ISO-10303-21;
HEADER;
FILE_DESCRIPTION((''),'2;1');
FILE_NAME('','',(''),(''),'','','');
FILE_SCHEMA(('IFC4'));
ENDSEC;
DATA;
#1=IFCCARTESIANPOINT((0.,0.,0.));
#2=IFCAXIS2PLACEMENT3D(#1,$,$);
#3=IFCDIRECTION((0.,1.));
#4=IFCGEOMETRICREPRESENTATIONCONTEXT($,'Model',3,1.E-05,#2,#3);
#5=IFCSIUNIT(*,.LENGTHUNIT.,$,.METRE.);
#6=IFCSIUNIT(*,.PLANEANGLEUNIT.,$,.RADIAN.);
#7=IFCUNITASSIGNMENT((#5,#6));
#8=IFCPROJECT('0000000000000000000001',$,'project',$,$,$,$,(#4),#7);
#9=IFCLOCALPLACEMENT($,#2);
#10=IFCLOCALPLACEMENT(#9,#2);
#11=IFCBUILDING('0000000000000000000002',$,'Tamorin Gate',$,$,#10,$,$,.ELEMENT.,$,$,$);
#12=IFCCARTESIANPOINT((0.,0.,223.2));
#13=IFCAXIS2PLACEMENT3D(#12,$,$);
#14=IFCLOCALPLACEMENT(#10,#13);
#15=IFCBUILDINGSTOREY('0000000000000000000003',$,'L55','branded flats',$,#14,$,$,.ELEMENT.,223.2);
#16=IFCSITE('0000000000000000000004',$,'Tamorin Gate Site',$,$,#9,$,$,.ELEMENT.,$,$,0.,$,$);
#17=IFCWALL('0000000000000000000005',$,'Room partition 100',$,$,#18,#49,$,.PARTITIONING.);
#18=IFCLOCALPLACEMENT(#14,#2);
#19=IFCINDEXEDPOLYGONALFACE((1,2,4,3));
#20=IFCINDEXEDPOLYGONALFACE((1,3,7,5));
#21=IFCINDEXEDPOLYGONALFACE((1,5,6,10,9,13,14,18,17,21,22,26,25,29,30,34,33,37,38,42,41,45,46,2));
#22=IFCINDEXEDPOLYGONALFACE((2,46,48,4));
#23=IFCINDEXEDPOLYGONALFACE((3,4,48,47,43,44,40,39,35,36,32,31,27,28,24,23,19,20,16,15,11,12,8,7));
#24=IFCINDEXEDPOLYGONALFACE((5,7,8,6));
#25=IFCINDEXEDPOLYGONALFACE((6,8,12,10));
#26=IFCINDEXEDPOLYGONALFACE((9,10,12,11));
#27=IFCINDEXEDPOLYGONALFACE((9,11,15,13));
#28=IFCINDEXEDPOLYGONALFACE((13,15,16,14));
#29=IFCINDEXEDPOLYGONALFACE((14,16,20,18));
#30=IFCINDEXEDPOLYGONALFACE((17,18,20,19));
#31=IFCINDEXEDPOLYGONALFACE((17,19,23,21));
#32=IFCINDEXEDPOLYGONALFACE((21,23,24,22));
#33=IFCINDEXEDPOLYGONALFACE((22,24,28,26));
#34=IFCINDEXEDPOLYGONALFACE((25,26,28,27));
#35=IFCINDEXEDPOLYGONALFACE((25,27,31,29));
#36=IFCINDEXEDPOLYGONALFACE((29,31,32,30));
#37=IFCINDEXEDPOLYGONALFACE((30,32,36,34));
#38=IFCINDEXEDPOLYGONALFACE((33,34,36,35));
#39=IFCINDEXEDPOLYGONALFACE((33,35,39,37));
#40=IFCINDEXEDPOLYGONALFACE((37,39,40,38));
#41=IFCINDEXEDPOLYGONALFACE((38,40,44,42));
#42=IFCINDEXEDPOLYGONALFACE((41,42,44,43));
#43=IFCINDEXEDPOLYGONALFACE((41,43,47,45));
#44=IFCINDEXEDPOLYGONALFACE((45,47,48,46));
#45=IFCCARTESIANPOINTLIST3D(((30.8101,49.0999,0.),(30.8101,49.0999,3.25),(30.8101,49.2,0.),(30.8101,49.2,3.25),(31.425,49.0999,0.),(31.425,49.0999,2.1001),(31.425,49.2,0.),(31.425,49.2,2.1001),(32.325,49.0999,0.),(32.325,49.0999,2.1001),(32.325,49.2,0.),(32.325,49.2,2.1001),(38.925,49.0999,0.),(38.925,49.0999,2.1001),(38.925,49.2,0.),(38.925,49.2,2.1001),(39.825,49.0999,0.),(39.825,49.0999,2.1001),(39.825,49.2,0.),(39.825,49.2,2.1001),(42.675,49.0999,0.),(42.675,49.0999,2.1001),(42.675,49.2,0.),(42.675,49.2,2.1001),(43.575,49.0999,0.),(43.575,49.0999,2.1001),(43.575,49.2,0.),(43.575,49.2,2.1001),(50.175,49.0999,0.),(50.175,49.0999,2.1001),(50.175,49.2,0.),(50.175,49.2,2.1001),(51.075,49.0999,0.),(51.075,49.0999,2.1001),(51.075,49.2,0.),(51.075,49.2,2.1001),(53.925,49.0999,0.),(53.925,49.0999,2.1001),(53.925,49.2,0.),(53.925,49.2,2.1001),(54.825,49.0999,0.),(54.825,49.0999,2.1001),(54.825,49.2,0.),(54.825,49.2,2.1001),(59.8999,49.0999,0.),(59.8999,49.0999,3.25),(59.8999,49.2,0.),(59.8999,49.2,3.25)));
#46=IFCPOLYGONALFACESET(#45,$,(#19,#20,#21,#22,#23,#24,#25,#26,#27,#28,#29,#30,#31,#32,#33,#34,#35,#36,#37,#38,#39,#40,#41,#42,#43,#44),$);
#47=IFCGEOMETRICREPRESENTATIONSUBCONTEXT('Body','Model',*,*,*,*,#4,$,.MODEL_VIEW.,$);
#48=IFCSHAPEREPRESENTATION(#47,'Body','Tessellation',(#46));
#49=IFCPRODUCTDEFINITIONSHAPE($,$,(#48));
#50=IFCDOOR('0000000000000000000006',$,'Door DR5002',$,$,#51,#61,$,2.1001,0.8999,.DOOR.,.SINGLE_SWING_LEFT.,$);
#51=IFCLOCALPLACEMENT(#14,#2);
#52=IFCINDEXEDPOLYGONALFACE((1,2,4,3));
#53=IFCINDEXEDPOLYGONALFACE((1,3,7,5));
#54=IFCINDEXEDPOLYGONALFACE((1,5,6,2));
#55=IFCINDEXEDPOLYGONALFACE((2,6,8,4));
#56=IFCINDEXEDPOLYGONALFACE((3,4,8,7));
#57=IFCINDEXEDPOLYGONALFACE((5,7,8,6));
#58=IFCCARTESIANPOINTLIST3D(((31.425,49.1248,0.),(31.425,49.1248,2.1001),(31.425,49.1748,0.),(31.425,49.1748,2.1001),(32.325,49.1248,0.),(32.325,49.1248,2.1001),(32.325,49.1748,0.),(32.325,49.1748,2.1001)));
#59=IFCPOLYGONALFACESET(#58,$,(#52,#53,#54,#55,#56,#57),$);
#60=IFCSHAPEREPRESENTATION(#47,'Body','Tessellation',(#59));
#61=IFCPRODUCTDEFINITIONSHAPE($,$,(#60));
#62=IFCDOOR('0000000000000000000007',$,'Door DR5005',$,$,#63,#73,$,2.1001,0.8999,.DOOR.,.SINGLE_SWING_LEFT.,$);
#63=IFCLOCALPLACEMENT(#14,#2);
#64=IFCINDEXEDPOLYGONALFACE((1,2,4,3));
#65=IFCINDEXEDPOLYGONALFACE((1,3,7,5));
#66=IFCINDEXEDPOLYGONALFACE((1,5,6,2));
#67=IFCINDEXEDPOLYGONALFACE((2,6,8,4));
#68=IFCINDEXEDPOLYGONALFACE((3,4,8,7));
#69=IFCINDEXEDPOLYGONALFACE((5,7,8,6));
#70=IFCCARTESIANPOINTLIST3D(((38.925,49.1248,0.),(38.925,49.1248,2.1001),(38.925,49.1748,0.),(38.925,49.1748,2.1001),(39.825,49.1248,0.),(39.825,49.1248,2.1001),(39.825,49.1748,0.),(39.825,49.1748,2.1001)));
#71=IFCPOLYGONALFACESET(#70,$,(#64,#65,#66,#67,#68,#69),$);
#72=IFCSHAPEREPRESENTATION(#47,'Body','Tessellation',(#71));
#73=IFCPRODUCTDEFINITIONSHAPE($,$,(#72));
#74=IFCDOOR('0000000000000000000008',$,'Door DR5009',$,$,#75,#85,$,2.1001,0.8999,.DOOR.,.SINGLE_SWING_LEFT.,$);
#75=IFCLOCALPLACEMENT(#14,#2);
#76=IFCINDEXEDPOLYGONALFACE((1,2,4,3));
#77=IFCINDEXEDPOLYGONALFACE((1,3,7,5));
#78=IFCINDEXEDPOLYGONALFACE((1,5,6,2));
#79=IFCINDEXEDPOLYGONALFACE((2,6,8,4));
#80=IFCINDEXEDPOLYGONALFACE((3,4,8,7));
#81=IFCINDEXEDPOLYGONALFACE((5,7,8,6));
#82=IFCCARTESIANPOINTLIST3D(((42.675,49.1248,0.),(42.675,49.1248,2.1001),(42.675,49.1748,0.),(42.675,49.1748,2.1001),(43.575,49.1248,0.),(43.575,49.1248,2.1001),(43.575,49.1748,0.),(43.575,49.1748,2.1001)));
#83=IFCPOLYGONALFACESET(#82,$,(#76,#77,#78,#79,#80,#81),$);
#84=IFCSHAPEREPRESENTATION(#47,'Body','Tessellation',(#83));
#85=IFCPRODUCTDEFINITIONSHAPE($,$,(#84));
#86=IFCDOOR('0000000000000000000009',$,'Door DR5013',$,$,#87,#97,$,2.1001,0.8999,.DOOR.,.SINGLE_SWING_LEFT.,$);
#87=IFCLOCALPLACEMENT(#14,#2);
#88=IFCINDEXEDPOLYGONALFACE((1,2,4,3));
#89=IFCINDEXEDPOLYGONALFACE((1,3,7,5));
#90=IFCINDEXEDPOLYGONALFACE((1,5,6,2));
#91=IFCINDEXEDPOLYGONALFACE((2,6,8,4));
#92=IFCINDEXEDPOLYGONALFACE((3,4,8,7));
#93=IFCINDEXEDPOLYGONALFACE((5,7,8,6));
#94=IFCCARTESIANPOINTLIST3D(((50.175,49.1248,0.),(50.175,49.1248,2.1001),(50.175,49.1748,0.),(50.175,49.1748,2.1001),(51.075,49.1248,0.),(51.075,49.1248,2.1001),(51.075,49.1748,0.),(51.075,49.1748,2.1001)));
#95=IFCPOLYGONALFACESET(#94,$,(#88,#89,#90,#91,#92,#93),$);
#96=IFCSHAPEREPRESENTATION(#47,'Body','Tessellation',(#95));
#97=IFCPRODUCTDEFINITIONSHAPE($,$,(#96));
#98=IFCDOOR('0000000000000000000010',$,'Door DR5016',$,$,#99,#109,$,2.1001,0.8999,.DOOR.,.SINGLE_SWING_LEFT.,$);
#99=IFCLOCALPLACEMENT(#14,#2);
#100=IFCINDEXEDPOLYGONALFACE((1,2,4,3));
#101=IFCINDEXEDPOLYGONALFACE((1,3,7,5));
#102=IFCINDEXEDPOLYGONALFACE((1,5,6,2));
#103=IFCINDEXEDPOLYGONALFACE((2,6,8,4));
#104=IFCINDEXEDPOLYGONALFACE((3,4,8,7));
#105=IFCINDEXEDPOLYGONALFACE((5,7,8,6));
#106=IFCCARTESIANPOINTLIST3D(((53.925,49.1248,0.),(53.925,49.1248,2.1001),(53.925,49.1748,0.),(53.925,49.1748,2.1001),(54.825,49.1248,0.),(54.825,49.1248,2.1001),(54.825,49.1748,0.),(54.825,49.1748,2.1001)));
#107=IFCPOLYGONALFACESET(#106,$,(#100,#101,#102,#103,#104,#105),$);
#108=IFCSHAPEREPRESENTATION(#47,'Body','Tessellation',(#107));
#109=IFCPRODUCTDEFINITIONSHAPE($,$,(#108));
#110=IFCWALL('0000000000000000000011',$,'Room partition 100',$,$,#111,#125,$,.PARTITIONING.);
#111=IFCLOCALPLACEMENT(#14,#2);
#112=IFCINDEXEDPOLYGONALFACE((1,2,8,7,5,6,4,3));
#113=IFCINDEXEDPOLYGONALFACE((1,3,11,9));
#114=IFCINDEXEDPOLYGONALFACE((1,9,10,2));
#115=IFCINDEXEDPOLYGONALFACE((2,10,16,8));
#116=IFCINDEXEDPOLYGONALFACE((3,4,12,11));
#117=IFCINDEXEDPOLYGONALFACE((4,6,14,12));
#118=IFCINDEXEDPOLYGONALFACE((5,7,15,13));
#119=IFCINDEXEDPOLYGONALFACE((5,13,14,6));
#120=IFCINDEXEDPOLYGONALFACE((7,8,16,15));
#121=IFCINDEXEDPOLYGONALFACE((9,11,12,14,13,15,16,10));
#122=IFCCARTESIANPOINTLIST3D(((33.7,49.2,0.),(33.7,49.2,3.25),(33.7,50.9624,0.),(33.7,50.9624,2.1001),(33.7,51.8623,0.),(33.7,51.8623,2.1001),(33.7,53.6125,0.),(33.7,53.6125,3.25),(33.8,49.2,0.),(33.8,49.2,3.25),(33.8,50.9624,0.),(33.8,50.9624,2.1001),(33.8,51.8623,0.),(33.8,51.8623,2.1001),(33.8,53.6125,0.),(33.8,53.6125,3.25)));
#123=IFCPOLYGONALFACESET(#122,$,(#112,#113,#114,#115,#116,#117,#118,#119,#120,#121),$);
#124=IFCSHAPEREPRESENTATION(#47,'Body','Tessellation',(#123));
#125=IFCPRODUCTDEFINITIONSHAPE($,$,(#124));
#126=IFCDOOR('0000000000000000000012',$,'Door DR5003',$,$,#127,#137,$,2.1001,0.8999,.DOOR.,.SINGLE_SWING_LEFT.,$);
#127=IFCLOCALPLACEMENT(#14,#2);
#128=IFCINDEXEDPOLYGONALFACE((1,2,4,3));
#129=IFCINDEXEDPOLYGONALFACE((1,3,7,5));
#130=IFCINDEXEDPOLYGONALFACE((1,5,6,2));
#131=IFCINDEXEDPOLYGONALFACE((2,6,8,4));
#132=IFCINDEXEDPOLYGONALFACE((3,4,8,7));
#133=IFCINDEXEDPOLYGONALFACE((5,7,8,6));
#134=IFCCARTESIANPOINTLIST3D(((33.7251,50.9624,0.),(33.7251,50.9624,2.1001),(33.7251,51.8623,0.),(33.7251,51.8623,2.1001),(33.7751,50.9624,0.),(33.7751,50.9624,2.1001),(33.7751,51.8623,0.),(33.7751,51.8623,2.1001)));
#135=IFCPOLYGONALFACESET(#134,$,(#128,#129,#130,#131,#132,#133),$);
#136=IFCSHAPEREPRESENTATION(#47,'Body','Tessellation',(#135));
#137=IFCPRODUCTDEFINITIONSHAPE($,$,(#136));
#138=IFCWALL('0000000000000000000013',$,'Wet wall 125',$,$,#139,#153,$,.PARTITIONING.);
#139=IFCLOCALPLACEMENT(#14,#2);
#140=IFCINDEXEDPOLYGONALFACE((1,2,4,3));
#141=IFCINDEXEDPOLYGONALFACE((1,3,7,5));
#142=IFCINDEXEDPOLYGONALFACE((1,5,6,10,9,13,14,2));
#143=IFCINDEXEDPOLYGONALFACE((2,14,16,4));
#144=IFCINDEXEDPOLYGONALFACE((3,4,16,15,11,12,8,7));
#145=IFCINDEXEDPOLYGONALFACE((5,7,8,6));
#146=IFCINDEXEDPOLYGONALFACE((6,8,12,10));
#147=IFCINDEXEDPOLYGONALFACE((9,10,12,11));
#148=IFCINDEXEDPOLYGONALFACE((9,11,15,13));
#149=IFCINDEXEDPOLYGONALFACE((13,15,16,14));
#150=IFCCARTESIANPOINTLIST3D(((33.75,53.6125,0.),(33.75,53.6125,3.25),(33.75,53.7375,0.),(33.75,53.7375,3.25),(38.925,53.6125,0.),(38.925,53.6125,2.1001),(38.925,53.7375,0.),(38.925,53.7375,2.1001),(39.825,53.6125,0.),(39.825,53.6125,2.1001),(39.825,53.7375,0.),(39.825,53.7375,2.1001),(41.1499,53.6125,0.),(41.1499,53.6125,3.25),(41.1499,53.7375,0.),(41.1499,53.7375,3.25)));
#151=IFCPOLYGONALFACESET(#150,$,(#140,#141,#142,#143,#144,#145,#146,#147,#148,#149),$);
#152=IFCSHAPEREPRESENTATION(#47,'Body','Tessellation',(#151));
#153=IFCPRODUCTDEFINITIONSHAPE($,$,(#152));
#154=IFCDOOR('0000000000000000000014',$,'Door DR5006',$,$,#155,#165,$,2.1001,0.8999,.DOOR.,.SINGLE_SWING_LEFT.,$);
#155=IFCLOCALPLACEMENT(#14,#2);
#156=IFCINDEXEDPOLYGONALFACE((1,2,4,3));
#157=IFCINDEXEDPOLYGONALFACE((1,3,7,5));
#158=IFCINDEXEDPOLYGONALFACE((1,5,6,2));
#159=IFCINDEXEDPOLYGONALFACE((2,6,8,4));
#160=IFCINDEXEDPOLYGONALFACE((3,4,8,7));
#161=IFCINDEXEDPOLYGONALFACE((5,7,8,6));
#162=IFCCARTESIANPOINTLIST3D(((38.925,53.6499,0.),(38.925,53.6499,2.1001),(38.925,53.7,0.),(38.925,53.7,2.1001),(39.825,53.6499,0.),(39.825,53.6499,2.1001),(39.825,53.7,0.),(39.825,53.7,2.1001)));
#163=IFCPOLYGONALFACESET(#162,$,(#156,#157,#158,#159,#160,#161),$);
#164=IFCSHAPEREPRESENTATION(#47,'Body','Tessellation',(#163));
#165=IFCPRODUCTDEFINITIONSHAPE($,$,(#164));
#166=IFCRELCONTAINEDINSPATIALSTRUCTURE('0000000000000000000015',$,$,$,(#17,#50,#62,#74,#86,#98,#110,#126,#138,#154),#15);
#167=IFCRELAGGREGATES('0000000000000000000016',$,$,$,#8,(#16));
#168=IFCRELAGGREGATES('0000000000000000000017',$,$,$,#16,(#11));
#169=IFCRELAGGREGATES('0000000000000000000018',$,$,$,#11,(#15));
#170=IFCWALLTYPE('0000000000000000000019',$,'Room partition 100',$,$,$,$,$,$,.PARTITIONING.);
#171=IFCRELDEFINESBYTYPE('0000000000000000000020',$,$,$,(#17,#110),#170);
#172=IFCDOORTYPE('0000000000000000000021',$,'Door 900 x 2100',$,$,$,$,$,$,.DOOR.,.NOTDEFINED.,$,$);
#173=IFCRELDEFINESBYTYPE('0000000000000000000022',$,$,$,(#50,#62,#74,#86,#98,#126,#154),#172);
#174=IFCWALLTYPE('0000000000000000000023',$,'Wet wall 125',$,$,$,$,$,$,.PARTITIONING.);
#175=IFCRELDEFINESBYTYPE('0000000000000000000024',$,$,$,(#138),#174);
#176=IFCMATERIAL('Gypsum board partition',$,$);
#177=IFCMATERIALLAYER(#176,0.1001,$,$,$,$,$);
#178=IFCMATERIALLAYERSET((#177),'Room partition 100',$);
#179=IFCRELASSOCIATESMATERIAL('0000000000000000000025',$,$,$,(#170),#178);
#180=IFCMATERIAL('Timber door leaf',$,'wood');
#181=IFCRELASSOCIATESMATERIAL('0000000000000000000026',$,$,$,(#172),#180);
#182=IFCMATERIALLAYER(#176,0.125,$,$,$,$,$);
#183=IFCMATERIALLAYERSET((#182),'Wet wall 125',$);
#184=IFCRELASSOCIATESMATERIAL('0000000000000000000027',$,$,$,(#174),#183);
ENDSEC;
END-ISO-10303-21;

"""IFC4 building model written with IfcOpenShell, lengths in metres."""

from ifc_helpers import new_model, si_unit, direction, frame, frame_2d, origin, place, context, subcontext, project, spatial, rectangle, extrude, material, layer, layer_set, type_object, element, fill, save


model = new_model("IFC4")

# Units and contexts
model_context = context("Model", 3, precision=1e-05, world=origin(), true_north=direction((0.0, 1.0)))
body_context = subcontext(model_context, "Body", "Model", "MODEL_VIEW")
ifc_project = project(units=[si_unit("LENGTHUNIT", "METRE"), si_unit("PLANEANGLEUNIT", "RADIAN")], contexts=[model_context])

# Site, building, storey
site_placement = place(None, origin())
site = spatial("IfcSite", under=ifc_project, at=site_placement, Name="Tamorin Gate Site", CompositionType="ELEMENT", RefElevation=0.0)
building_placement = place(site_placement, origin())
building = spatial("IfcBuilding", under=site, at=building_placement, Name="Tamorin Gate", CompositionType="ELEMENT")
storey_placement = place(building_placement, frame((0.0, 0.0, 223.2)))
storey = spatial("IfcBuildingStorey", under=building, at=storey_placement, Name="L55", Description="branded flats", CompositionType="ELEMENT", Elevation=223.2)

# Wall, openings, doors
ifc_material_1 = material(Name="Gypsum board partition")
ifc_layer_1 = layer(ifc_material_1, 0.1001)
ifc_layer_set_1 = layer_set([ifc_layer_1], Name="Room partition 100")
wall_type_1 = type_object("IfcWallType", Name="Room partition 100", PredefinedType="PARTITIONING", material=ifc_layer_set_1)
wall_1_placement = place(storey_placement, frame((30.8101, 49.1499, 0.0), z_axis=(0.0, 0.0, 1.0), x_axis=(1.0, 0.0, 0.0)))
wall_1 = element("IfcWall", 1, at=wall_1_placement, inside=storey, type_object=wall_type_1, Name="Room partition 100", PredefinedType="PARTITIONING", context=body_context, shape_type="SweptSolid", body=[
    extrude(rectangle(XDim=29.0898, YDim=0.1001, at=frame_2d((14.5449, 0.0))), origin(), (0.0, 0.0, 1.0), 3.25),
])
opening_1_placement = place(wall_1_placement, frame((0.615, 0.0, 0.0)))
opening_1 = element("IfcOpeningElement", 2, at=opening_1_placement, cuts=wall_1, PredefinedType="OPENING", context=body_context, shape_type="SweptSolid", body=[
    extrude(rectangle(XDim=0.8999, YDim=2.1001, at=frame_2d((0.45, 1.05))), frame((0.0, 0.0601, 0.0), z_axis=(0.0, -1.0, 0.0), x_axis=(1.0, 0.0, 0.0)), (0.0, 0.0, 1.0), 0.1201),
])
opening_2_placement = place(wall_1_placement, frame((8.115, 0.0, 0.0)))
opening_2 = element("IfcOpeningElement", 3, at=opening_2_placement, cuts=wall_1, PredefinedType="OPENING", context=body_context, shape_type="SweptSolid", body=[
    extrude(rectangle(XDim=0.8999, YDim=2.1001, at=frame_2d((0.45, 1.05))), frame((0.0, 0.0601, 0.0), z_axis=(0.0, -1.0, 0.0), x_axis=(1.0, 0.0, 0.0)), (0.0, 0.0, 1.0), 0.1201),
])
opening_3_placement = place(wall_1_placement, frame((11.865, 0.0, 0.0)))
opening_3 = element("IfcOpeningElement", 4, at=opening_3_placement, cuts=wall_1, PredefinedType="OPENING", context=body_context, shape_type="SweptSolid", body=[
    extrude(rectangle(XDim=0.8999, YDim=2.1001, at=frame_2d((0.45, 1.05))), frame((0.0, 0.0601, 0.0), z_axis=(0.0, -1.0, 0.0), x_axis=(1.0, 0.0, 0.0)), (0.0, 0.0, 1.0), 0.1201),
])
opening_4_placement = place(wall_1_placement, frame((19.365, 0.0, 0.0)))
opening_4 = element("IfcOpeningElement", 5, at=opening_4_placement, cuts=wall_1, PredefinedType="OPENING", context=body_context, shape_type="SweptSolid", body=[
    extrude(rectangle(XDim=0.8999, YDim=2.1001, at=frame_2d((0.45, 1.05))), frame((0.0, 0.0601, 0.0), z_axis=(0.0, -1.0, 0.0), x_axis=(1.0, 0.0, 0.0)), (0.0, 0.0, 1.0), 0.1201),
])
opening_5_placement = place(wall_1_placement, frame((23.115, 0.0, 0.0)))
opening_5 = element("IfcOpeningElement", 6, at=opening_5_placement, cuts=wall_1, PredefinedType="OPENING", context=body_context, shape_type="SweptSolid", body=[
    extrude(rectangle(XDim=0.8999, YDim=2.1001, at=frame_2d((0.45, 1.05))), frame((0.0, 0.0601, 0.0), z_axis=(0.0, -1.0, 0.0), x_axis=(1.0, 0.0, 0.0)), (0.0, 0.0, 1.0), 0.1201),
])
ifc_material_2 = material(Name="Timber door leaf", Category="wood")
door_type = type_object("IfcDoorType", Name="Door 900 x 2100", OperationType="NOTDEFINED", PredefinedType="DOOR", material=ifc_material_2)
door_1_placement = place(opening_1_placement, origin())
door_1 = element("IfcDoor", 7, at=door_1_placement, inside=storey, type_object=door_type, Name="Door DR5002", OperationType="SINGLE_SWING_LEFT", OverallHeight=2.1001, OverallWidth=0.8999, PredefinedType="DOOR", context=body_context, shape_type="SweptSolid", body=[
    extrude(rectangle(XDim=0.8999, YDim=2.1001, at=frame_2d((0.45, 1.05))), frame((0.0, 0.0249, 0.0), z_axis=(0.0, -1.0, 0.0), x_axis=(1.0, 0.0, 0.0)), (0.0, 0.0, 1.0), 0.05),
])
fill(opening_1, door_1)
door_2_placement = place(opening_2_placement, origin())
door_2 = element("IfcDoor", 8, at=door_2_placement, inside=storey, type_object=door_type, Name="Door DR5005", OperationType="SINGLE_SWING_LEFT", OverallHeight=2.1001, OverallWidth=0.8999, PredefinedType="DOOR", context=body_context, shape_type="SweptSolid", body=[
    extrude(rectangle(XDim=0.8999, YDim=2.1001, at=frame_2d((0.45, 1.05))), frame((0.0, 0.0249, 0.0), z_axis=(0.0, -1.0, 0.0), x_axis=(1.0, 0.0, 0.0)), (0.0, 0.0, 1.0), 0.05),
])
fill(opening_2, door_2)
door_3_placement = place(opening_3_placement, origin())
door_3 = element("IfcDoor", 9, at=door_3_placement, inside=storey, type_object=door_type, Name="Door DR5009", OperationType="SINGLE_SWING_LEFT", OverallHeight=2.1001, OverallWidth=0.8999, PredefinedType="DOOR", context=body_context, shape_type="SweptSolid", body=[
    extrude(rectangle(XDim=0.8999, YDim=2.1001, at=frame_2d((0.45, 1.05))), frame((0.0, 0.0249, 0.0), z_axis=(0.0, -1.0, 0.0), x_axis=(1.0, 0.0, 0.0)), (0.0, 0.0, 1.0), 0.05),
])
fill(opening_3, door_3)
door_4_placement = place(opening_4_placement, origin())
door_4 = element("IfcDoor", 10, at=door_4_placement, inside=storey, type_object=door_type, Name="Door DR5013", OperationType="SINGLE_SWING_LEFT", OverallHeight=2.1001, OverallWidth=0.8999, PredefinedType="DOOR", context=body_context, shape_type="SweptSolid", body=[
    extrude(rectangle(XDim=0.8999, YDim=2.1001, at=frame_2d((0.45, 1.05))), frame((0.0, 0.0249, 0.0), z_axis=(0.0, -1.0, 0.0), x_axis=(1.0, 0.0, 0.0)), (0.0, 0.0, 1.0), 0.05),
])
fill(opening_4, door_4)
door_5_placement = place(opening_5_placement, origin())
door_5 = element("IfcDoor", 11, at=door_5_placement, inside=storey, type_object=door_type, Name="Door DR5016", OperationType="SINGLE_SWING_LEFT", OverallHeight=2.1001, OverallWidth=0.8999, PredefinedType="DOOR", context=body_context, shape_type="SweptSolid", body=[
    extrude(rectangle(XDim=0.8999, YDim=2.1001, at=frame_2d((0.45, 1.05))), frame((0.0, 0.0249, 0.0), z_axis=(0.0, -1.0, 0.0), x_axis=(1.0, 0.0, 0.0)), (0.0, 0.0, 1.0), 0.05),
])
fill(opening_5, door_5)

# Walls, openings, doors
wall_2_placement = place(storey_placement, frame((33.75, 49.2, 0.0), z_axis=(0.0, 0.0, 1.0), x_axis=(0.0, 1.0, 0.0)))
wall_2 = element("IfcWall", 12, at=wall_2_placement, inside=storey, type_object=wall_type_1, Name="Room partition 100", PredefinedType="PARTITIONING", context=body_context, shape_type="SweptSolid", body=[
    extrude(rectangle(XDim=4.4126, YDim=0.1001, at=frame_2d((2.2063, 0.0))), origin(), (0.0, 0.0, 1.0), 3.25),
])
opening_6_placement = place(wall_2_placement, frame((1.7625, 0.0, 0.0)))
opening_6 = element("IfcOpeningElement", 13, at=opening_6_placement, cuts=wall_2, PredefinedType="OPENING", context=body_context, shape_type="SweptSolid", body=[
    extrude(rectangle(XDim=0.8999, YDim=2.1001, at=frame_2d((0.45, 1.05))), frame((0.0, 0.0601, 0.0), z_axis=(0.0, -1.0, 0.0), x_axis=(1.0, 0.0, 0.0)), (0.0, 0.0, 1.0), 0.1201),
])
door_6_placement = place(opening_6_placement, origin())
door_6 = element("IfcDoor", 14, at=door_6_placement, inside=storey, type_object=door_type, Name="Door DR5003", OperationType="SINGLE_SWING_LEFT", OverallHeight=2.1001, OverallWidth=0.8999, PredefinedType="DOOR", context=body_context, shape_type="SweptSolid", body=[
    extrude(rectangle(XDim=0.8999, YDim=2.1001, at=frame_2d((0.45, 1.05))), frame((0.0, 0.0249, 0.0), z_axis=(0.0, -1.0, 0.0), x_axis=(1.0, 0.0, 0.0)), (0.0, 0.0, 1.0), 0.05),
])
fill(opening_6, door_6)
ifc_layer_2 = layer(ifc_material_1, 0.125)
ifc_layer_set_2 = layer_set([ifc_layer_2], Name="Wet wall 125")
wall_type_2 = type_object("IfcWallType", Name="Wet wall 125", PredefinedType="PARTITIONING", material=ifc_layer_set_2)
wall_3_placement = place(storey_placement, frame((33.75, 53.675, 0.0), z_axis=(0.0, 0.0, 1.0), x_axis=(1.0, 0.0, 0.0)))
wall_3 = element("IfcWall", 15, at=wall_3_placement, inside=storey, type_object=wall_type_2, Name="Wet wall 125", PredefinedType="PARTITIONING", context=body_context, shape_type="SweptSolid", body=[
    extrude(rectangle(XDim=7.3999, YDim=0.125, at=frame_2d((3.7, 0.0))), origin(), (0.0, 0.0, 1.0), 3.25),
])
opening_7_placement = place(wall_3_placement, frame((5.175, 0.0, 0.0)))
opening_7 = element("IfcOpeningElement", 16, at=opening_7_placement, cuts=wall_3, PredefinedType="OPENING", context=body_context, shape_type="SweptSolid", body=[
    extrude(rectangle(XDim=0.8999, YDim=2.1001, at=frame_2d((0.45, 1.05))), frame((0.0, 0.0725, 0.0), z_axis=(0.0, -1.0, 0.0), x_axis=(1.0, 0.0, 0.0)), (0.0, 0.0, 1.0), 0.145),
])
door_7_placement = place(opening_7_placement, origin())
door_7 = element("IfcDoor", 17, at=door_7_placement, inside=storey, type_object=door_type, Name="Door DR5006", OperationType="SINGLE_SWING_LEFT", OverallHeight=2.1001, OverallWidth=0.8999, PredefinedType="DOOR", context=body_context, shape_type="SweptSolid", body=[
    extrude(rectangle(XDim=0.8999, YDim=2.1001, at=frame_2d((0.45, 1.05))), frame((0.0, 0.0249, 0.0), z_axis=(0.0, -1.0, 0.0), x_axis=(1.0, 0.0, 0.0)), (0.0, 0.0, 1.0), 0.05),
])
fill(opening_7, door_7)

save(model, "model.ifc")
